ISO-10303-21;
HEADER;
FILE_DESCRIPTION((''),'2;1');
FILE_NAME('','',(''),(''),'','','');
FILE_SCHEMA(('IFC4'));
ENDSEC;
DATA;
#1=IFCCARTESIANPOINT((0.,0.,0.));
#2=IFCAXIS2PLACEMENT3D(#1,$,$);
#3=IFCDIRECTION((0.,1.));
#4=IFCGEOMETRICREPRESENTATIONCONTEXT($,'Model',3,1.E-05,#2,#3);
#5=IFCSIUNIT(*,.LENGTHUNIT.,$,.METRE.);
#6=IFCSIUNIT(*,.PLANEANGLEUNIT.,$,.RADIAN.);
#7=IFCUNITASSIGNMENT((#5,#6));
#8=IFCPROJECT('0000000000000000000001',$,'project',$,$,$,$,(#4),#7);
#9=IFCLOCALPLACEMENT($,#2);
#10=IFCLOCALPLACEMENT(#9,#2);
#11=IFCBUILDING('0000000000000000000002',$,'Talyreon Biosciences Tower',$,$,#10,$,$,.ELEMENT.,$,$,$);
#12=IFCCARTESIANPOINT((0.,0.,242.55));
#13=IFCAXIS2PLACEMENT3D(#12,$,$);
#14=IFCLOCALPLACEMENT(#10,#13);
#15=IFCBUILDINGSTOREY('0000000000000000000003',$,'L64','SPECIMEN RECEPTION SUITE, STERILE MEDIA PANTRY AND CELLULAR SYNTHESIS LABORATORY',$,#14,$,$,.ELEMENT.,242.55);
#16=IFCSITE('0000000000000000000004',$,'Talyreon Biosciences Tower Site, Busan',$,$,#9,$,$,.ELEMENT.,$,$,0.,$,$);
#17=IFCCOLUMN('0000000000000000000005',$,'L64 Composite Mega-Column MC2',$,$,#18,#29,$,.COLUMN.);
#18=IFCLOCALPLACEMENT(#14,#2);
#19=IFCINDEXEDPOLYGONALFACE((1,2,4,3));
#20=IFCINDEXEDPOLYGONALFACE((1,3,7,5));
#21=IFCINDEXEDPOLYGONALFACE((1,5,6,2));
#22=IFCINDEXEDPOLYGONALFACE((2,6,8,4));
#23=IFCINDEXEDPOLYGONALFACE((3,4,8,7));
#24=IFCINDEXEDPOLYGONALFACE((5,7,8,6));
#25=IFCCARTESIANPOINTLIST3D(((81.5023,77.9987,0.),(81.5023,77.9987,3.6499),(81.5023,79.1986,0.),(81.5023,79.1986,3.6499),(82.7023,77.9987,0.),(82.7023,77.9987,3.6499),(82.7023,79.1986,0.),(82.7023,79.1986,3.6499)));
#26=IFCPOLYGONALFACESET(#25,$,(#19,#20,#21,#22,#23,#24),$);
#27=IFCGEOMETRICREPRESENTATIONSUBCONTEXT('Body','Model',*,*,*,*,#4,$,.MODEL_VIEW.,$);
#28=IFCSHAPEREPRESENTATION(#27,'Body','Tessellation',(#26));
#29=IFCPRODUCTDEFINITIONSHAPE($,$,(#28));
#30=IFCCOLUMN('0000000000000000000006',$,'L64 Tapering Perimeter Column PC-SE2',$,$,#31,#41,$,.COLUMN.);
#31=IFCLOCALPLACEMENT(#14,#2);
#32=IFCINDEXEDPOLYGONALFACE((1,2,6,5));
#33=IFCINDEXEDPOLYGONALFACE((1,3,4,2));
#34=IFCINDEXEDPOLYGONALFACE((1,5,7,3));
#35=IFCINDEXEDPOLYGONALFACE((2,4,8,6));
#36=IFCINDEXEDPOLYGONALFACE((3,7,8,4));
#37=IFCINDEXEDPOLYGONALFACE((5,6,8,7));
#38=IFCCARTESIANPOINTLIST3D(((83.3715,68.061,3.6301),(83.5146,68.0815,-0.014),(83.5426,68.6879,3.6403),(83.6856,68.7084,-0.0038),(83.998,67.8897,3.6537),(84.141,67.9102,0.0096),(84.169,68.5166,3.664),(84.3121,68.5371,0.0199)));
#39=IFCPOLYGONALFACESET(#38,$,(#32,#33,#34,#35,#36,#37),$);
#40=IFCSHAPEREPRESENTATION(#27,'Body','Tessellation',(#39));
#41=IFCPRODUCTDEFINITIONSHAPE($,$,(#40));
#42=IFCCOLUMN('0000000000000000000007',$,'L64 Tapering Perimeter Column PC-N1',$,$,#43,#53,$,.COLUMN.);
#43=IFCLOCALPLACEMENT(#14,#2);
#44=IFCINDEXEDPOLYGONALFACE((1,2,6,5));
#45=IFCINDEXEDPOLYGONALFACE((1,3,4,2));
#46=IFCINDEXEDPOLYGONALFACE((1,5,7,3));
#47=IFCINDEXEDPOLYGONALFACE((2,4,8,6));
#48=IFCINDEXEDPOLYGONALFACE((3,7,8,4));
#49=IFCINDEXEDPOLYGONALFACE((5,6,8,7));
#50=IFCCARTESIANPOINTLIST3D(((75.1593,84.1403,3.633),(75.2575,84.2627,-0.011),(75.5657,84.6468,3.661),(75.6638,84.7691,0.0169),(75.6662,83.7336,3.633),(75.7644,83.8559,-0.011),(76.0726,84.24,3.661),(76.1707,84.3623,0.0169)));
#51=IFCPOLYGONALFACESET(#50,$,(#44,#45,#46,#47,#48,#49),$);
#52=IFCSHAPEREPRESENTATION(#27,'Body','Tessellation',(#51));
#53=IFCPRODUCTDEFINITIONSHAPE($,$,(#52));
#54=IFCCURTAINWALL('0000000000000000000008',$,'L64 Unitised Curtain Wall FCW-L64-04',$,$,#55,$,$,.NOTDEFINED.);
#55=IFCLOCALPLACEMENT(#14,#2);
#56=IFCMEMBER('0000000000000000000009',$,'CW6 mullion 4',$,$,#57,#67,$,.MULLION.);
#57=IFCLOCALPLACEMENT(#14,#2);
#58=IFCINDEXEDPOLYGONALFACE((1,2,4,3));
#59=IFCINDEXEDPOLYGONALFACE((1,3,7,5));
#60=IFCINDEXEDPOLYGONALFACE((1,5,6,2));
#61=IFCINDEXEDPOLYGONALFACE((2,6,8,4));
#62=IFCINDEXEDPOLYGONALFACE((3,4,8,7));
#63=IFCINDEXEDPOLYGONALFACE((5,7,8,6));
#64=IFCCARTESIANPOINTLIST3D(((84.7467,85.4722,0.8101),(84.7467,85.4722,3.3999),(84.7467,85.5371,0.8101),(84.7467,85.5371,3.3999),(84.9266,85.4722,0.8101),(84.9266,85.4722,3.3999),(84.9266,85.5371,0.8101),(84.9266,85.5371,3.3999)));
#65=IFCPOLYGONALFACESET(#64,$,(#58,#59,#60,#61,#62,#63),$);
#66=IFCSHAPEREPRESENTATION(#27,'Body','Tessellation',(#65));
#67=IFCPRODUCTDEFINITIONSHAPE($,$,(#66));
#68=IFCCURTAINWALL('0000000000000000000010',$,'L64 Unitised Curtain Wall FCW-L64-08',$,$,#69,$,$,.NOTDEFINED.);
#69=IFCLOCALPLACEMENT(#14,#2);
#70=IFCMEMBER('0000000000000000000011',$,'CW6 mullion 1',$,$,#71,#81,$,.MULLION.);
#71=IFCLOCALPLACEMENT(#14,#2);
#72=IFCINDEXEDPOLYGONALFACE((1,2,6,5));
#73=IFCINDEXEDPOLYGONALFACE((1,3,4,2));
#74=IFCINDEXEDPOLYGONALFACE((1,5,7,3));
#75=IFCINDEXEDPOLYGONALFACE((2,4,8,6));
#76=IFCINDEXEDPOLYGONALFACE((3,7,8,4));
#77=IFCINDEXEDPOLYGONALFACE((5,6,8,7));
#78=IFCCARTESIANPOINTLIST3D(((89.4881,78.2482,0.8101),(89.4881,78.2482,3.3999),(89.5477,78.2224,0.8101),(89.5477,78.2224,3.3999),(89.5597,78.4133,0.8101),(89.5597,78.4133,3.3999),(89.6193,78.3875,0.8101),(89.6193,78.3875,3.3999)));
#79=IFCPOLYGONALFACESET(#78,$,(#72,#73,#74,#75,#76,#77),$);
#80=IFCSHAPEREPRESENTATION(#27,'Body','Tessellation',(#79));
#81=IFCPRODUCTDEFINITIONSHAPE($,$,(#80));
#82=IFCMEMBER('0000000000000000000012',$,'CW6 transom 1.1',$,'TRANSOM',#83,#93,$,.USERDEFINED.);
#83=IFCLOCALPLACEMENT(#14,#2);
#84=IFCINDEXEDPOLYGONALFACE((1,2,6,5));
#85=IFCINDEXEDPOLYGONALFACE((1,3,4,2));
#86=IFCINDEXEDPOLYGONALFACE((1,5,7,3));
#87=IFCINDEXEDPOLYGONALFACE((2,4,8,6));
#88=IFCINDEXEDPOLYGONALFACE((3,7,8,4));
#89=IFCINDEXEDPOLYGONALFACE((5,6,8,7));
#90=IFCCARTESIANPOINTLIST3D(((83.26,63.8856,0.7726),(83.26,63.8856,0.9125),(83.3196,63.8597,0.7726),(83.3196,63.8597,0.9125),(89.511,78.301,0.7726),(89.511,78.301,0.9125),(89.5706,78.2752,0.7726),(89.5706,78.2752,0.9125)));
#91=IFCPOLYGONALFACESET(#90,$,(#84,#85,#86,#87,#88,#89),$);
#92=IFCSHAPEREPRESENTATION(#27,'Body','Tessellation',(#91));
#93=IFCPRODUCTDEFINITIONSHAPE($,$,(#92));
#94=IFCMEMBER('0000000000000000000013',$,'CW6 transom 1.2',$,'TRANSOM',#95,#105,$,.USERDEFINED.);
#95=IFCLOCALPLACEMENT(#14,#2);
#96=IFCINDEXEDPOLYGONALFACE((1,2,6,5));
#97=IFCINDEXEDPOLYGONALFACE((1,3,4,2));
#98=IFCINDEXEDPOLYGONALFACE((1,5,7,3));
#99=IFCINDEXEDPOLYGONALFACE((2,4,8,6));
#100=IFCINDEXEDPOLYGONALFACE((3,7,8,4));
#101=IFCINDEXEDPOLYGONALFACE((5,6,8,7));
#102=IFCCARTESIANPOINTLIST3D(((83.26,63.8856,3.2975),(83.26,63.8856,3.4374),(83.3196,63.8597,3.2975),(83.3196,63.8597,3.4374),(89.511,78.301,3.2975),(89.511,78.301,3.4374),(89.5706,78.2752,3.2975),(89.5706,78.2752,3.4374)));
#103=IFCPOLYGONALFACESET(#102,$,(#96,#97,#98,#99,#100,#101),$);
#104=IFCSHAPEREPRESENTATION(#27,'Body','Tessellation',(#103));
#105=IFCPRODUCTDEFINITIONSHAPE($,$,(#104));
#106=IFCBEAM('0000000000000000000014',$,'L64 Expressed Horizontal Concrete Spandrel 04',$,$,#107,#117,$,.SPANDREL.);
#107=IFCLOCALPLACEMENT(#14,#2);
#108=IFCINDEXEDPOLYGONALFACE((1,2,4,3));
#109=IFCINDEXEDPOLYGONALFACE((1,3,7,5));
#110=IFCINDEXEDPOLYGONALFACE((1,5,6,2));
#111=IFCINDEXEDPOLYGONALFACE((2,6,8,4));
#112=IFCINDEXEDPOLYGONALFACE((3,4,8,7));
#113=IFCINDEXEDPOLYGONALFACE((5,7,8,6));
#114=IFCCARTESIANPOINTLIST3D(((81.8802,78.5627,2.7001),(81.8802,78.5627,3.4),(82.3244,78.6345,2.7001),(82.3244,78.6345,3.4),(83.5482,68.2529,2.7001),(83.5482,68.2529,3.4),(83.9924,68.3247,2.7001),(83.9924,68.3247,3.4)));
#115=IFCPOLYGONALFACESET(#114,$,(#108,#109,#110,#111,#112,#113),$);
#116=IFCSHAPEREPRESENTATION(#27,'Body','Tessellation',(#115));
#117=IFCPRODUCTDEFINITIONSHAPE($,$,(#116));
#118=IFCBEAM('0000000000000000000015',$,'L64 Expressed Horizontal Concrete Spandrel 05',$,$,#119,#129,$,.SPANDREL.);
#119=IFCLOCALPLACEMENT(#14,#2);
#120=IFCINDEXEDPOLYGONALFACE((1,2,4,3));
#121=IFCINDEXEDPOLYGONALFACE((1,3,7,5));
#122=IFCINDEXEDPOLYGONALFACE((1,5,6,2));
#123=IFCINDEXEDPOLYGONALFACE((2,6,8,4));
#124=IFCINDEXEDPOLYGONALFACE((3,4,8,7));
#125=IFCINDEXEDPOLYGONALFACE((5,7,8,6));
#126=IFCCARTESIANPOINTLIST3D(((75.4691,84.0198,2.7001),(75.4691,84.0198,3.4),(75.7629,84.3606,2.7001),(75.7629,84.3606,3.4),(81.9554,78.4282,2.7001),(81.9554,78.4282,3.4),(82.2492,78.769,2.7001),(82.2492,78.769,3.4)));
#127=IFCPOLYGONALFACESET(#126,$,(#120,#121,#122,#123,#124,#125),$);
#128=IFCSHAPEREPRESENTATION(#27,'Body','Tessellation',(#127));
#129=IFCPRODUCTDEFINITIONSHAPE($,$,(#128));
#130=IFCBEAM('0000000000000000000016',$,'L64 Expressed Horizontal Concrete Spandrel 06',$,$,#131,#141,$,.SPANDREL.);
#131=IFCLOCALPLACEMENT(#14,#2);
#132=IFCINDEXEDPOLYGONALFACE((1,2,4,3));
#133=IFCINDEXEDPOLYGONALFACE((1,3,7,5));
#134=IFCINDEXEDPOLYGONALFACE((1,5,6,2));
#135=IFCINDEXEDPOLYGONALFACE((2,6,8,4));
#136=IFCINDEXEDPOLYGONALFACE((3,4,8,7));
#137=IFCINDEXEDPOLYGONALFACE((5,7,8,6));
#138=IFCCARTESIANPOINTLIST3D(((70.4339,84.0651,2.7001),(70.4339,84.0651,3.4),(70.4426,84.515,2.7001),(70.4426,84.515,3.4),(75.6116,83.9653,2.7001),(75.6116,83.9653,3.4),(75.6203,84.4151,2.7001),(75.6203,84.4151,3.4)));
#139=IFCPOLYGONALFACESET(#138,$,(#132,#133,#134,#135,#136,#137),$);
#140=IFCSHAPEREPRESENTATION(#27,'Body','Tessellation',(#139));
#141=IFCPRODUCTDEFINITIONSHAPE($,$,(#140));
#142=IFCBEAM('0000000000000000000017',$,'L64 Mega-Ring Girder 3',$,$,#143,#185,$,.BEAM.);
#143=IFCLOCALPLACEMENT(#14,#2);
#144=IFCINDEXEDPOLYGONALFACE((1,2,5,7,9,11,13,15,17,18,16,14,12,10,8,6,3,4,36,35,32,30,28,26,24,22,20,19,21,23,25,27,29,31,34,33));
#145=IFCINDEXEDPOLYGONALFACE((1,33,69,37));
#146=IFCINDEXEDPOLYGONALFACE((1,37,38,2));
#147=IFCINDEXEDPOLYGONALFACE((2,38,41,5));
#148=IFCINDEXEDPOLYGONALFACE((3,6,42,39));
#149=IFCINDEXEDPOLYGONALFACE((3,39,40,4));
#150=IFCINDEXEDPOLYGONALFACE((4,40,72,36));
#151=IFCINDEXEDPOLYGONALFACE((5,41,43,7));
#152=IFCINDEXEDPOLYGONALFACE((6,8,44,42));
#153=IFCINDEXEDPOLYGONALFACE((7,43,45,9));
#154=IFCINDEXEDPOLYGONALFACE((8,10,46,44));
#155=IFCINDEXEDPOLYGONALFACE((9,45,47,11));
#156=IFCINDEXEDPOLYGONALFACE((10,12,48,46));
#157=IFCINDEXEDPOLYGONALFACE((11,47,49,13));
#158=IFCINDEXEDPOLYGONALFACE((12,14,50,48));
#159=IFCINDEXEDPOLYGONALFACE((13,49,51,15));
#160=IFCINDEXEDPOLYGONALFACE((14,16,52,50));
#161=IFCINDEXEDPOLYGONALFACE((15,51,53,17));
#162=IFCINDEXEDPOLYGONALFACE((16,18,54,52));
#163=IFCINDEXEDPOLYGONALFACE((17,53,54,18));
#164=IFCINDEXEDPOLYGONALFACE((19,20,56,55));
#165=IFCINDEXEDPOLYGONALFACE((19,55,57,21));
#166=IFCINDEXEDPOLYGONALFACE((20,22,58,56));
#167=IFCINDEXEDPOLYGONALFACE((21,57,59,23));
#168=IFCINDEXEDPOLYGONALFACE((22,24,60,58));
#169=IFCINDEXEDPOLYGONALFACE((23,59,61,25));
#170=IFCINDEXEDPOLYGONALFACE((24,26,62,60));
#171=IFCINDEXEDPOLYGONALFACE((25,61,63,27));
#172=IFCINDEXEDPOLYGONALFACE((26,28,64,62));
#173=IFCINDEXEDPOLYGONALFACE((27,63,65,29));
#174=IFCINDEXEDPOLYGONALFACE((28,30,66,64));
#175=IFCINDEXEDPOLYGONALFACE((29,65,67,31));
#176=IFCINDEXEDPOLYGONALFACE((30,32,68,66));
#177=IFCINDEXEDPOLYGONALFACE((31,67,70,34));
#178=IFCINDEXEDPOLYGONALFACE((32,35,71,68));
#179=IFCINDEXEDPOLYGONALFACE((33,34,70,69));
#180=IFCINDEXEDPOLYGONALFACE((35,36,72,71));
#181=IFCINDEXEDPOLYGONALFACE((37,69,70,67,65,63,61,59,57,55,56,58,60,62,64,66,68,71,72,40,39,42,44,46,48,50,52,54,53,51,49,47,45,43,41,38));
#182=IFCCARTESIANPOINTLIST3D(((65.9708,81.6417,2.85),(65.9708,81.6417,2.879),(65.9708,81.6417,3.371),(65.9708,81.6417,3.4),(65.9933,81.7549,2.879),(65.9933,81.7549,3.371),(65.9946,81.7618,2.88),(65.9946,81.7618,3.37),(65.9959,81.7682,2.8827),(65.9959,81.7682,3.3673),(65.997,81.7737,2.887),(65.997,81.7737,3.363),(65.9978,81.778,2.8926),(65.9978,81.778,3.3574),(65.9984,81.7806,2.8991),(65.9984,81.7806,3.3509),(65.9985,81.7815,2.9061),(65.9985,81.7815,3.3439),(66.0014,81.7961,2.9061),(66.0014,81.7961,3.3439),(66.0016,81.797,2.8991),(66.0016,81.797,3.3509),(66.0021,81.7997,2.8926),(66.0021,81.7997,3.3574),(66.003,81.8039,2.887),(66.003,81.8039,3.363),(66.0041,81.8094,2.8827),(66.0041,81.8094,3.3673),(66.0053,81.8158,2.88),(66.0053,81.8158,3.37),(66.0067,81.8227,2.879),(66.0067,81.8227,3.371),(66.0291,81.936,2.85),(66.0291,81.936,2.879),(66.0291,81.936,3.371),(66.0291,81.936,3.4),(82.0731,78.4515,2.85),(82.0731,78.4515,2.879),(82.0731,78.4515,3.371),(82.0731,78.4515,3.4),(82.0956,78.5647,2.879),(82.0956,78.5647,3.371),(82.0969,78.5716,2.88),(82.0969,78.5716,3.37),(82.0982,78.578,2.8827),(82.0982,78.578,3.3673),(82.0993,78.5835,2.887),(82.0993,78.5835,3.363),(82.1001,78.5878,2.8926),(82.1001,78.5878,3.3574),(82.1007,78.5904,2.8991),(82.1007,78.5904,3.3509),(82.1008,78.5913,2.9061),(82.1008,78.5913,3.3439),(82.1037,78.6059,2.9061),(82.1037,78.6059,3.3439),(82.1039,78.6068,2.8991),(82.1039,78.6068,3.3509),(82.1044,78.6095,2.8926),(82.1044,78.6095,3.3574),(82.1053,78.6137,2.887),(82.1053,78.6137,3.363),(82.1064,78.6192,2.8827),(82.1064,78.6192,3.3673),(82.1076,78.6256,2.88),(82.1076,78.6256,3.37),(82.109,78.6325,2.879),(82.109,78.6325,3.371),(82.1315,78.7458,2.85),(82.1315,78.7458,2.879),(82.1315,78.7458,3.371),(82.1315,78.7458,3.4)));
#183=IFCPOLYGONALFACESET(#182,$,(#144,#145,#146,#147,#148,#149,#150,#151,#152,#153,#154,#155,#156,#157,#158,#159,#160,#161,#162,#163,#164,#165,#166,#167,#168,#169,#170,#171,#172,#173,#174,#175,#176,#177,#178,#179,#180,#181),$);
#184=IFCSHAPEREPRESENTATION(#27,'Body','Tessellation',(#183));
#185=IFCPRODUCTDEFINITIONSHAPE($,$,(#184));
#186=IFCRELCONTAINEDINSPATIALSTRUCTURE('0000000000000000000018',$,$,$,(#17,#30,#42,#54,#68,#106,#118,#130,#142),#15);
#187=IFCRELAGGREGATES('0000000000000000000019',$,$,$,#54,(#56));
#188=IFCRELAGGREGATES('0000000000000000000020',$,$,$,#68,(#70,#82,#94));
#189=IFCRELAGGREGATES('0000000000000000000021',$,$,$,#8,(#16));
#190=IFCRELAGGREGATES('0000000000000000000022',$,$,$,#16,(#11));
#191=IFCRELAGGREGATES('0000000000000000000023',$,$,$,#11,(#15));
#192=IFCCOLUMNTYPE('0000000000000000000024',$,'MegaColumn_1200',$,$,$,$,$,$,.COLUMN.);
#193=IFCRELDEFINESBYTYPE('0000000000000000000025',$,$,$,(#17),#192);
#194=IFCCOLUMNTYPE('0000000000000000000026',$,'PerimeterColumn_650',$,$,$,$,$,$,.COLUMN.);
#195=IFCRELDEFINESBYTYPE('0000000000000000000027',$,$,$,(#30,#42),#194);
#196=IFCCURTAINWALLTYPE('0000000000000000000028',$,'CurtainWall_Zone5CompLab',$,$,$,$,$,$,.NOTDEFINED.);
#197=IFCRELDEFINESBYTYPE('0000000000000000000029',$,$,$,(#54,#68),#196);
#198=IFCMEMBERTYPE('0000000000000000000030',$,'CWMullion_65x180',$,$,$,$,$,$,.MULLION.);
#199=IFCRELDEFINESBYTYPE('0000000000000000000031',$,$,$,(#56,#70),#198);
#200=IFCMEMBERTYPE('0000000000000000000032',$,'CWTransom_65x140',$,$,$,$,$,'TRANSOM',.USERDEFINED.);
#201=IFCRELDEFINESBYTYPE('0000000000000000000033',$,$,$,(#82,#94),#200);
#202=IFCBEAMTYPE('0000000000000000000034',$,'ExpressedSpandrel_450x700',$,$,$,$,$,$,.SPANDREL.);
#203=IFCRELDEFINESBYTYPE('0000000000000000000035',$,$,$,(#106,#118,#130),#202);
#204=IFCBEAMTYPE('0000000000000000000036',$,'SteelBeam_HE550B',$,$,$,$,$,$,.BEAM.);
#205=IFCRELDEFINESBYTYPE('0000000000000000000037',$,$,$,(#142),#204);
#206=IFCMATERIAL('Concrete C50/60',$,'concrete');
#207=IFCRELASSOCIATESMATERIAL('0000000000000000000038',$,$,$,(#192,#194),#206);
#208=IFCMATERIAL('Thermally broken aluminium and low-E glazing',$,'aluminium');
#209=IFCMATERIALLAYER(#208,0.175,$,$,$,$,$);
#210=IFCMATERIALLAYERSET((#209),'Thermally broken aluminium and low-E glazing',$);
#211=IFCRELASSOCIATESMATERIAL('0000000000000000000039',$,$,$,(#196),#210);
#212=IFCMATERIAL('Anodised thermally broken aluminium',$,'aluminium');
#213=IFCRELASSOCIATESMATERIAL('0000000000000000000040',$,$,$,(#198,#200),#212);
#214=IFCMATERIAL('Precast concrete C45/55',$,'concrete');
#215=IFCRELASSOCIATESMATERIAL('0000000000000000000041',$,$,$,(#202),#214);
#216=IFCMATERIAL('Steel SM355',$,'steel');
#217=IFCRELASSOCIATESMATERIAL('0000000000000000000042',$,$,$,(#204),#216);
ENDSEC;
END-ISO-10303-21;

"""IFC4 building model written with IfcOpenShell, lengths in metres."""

from ifc_helpers import new_model, si_unit, direction, frame, origin, origin_2d, place, context, subcontext, project, spatial, rectangle, i_section, extrude, material, layer, layer_set, material_profile, profile_set, type_object, element, aggregate, save


model = new_model("IFC4")

# Units and contexts
model_context = context("Model", 3, precision=1e-05, world=origin(), true_north=direction((0.0, 1.0)))
body_context = subcontext(model_context, "Body", "Model", "MODEL_VIEW")
ifc_project = project(units=[si_unit("LENGTHUNIT", "METRE"), si_unit("PLANEANGLEUNIT", "RADIAN")], contexts=[model_context])

# Site, building, storey
site_placement = place(None, origin())
site = spatial("IfcSite", under=ifc_project, at=site_placement, Name="Talyreon Biosciences Tower Site, Busan", CompositionType="ELEMENT", RefElevation=0.0)
building_placement = place(site_placement, origin())
building = spatial("IfcBuilding", under=site, at=building_placement, Name="Talyreon Biosciences Tower", CompositionType="ELEMENT")
storey_placement = place(building_placement, frame((0.0, 0.0, 242.55)))
storey = spatial("IfcBuildingStorey", under=building, at=storey_placement, Name="L64", Description="SPECIMEN RECEPTION SUITE, STERILE MEDIA PANTRY AND CELLULAR SYNTHESIS LABORATORY", CompositionType="ELEMENT", Elevation=242.55)

# Columns
ifc_material_1 = material(Name="Concrete C50/60", Category="concrete")
ifc_material_profile_1 = material_profile(ifc_material_1, rectangle(XDim=1.2, YDim=1.2, at=origin_2d()), Name="RC 1200x1200")
ifc_profile_set_1 = profile_set([ifc_material_profile_1], Name="Concrete C50/60")
column_type_1 = type_object("IfcColumnType", Name="MegaColumn_1200", PredefinedType="COLUMN", material=ifc_profile_set_1)
column_1_placement = place(storey_placement, frame((82.1023, 78.5986, 0.0), z_axis=(0.0, 0.0, 1.0), x_axis=(1.0, 0.0, 0.0)))
element("IfcColumn", 1, at=column_1_placement, inside=storey, type_object=column_type_1, Name="L64 Composite Mega-Column MC2", PredefinedType="COLUMN", context=body_context, shape_type="SweptSolid", body=[
    extrude(rectangle(XDim=1.2, YDim=1.2, at=origin_2d()), origin(), (0.0, 0.0, 1.0), 3.6499),
])
ifc_material_profile_2 = material_profile(ifc_material_1, rectangle(XDim=0.6499, YDim=0.6499, at=origin_2d()), Name="RC 650x650")
ifc_profile_set_2 = profile_set([ifc_material_profile_2], Name="Concrete C50/60")
column_type_2 = type_object("IfcColumnType", Name="PerimeterColumn_650", PredefinedType="COLUMN", material=ifc_profile_set_2)
column_2_placement = place(storey_placement, frame((83.9133, 68.3093, 0.0029), z_axis=(-0.03923, -0.005623, 0.999214), x_axis=(0.963938, -0.263631, 0.036361)))
element("IfcColumn", 2, at=column_2_placement, inside=storey, type_object=column_type_2, Name="L64 Tapering Perimeter Column PC-SE2", PredefinedType="COLUMN", context=body_context, shape_type="SweptSolid", body=[
    extrude(rectangle(XDim=0.6499, YDim=0.6499, at=origin_2d()), origin(), (0.0, 0.0, 1.0), 3.647),
])
column_3_placement = place(storey_placement, frame((75.7141, 84.3125, 0.0029), z_axis=(-0.026908, -0.033535, 0.999075), x_axis=(-0.779957, 0.625834, 0.0)))
element("IfcColumn", 3, at=column_3_placement, inside=storey, type_object=column_type_2, Name="L64 Tapering Perimeter Column PC-N1", PredefinedType="COLUMN", context=body_context, shape_type="SweptSolid", body=[
    extrude(rectangle(XDim=0.6499, YDim=0.6499, at=origin_2d()), origin(), (0.0, 0.0, 1.0), 3.6475),
])

# Curtain wall, member
ifc_material_2 = material(Name="Thermally broken aluminium and low-E glazing", Category="aluminium")
ifc_layer_1 = layer(ifc_material_2, 0.175)
ifc_layer_set_1 = layer_set([ifc_layer_1], Name="Thermally broken aluminium and low-E glazing")
curtain_wall_type = type_object("IfcCurtainWallType", Name="CurtainWall_Zone5CompLab", PredefinedType="NOTDEFINED", material=ifc_layer_set_1)
curtain_wall_1_placement = place(storey_placement, origin())
curtain_wall_1 = element("IfcCurtainWall", 4, at=curtain_wall_1_placement, inside=storey, type_object=curtain_wall_type, Name="L64 Unitised Curtain Wall FCW-L64-04", PredefinedType="NOTDEFINED")
ifc_material_3 = material(Name="Anodised thermally broken aluminium", Category="aluminium")
ifc_material_profile_3 = material_profile(ifc_material_3, rectangle(XDim=0.0649, YDim=0.1799, at=origin_2d()), Name="ALUM MULLION 65x180")
ifc_profile_set_3 = profile_set([ifc_material_profile_3], Name="Anodised thermally broken aluminium")
member_type_1 = type_object("IfcMemberType", Name="CWMullion_65x180", PredefinedType="MULLION", material=ifc_profile_set_3)
member_1_placement = place(storey_placement, frame((84.8367, 85.5046, 0.8101), z_axis=(0.0, 0.0, 1.0), x_axis=(0.0, 1.0, 0.0)))
member_1 = element("IfcMember", 5, at=member_1_placement, type_object=member_type_1, Name="CW6 mullion 4", PredefinedType="MULLION", context=body_context, shape_type="SweptSolid", body=[
    extrude(rectangle(XDim=0.0649, YDim=0.1799, at=origin_2d()), origin(), (0.0, 0.0, 1.0), 2.5898),
])

# Curtain wall, members
curtain_wall_2_placement = place(storey_placement, origin())
curtain_wall_2 = element("IfcCurtainWall", 6, at=curtain_wall_2_placement, inside=storey, type_object=curtain_wall_type, Name="L64 Unitised Curtain Wall FCW-L64-08", PredefinedType="NOTDEFINED")
member_2_placement = place(storey_placement, frame((89.5537, 78.3179, 0.8101), z_axis=(0.0, 0.0, 1.0), x_axis=(0.917458, -0.397832, 0.0)))
member_2 = element("IfcMember", 7, at=member_2_placement, type_object=member_type_1, Name="CW6 mullion 1", PredefinedType="MULLION", context=body_context, shape_type="SweptSolid", body=[
    extrude(rectangle(XDim=0.0649, YDim=0.1799, at=origin_2d()), origin(), (0.0, 0.0, 1.0), 2.5898),
])
ifc_material_profile_4 = material_profile(ifc_material_3, rectangle(XDim=0.0649, YDim=0.1399, at=origin_2d()), Name="ALUM TRANSOM 65x140")
ifc_profile_set_4 = profile_set([ifc_material_profile_4], Name="Anodised thermally broken aluminium")
member_type_2 = type_object("IfcMemberType", Name="CWTransom_65x140", ElementType="TRANSOM", PredefinedType="USERDEFINED", material=ifc_profile_set_4)
member_3_placement = place(storey_placement, frame((89.5408, 78.2881, 0.8425), z_axis=(-0.397835, -0.917457, 0.0), x_axis=(0.917457, -0.397835, 0.0)))
member_3 = element("IfcMember", 8, at=member_3_placement, type_object=member_type_2, Name="CW6 transom 1.1", ObjectType="TRANSOM", PredefinedType="USERDEFINED", context=body_context, shape_type="SweptSolid", body=[
    extrude(rectangle(XDim=0.0649, YDim=0.1399, at=origin_2d()), origin(), (0.0, 0.0, 1.0), 15.7124),
])
member_4_placement = place(storey_placement, frame((89.5408, 78.2881, 3.3674), z_axis=(-0.397835, -0.917457, 0.0), x_axis=(0.917457, -0.397835, 0.0)))
member_4 = element("IfcMember", 9, at=member_4_placement, type_object=member_type_2, Name="CW6 transom 1.2", ObjectType="TRANSOM", PredefinedType="USERDEFINED", context=body_context, shape_type="SweptSolid", body=[
    extrude(rectangle(XDim=0.0649, YDim=0.1399, at=origin_2d()), origin(), (0.0, 0.0, 1.0), 15.7124),
])

# Beams
ifc_material_4 = material(Name="Precast concrete C45/55", Category="concrete")
ifc_material_profile_5 = material_profile(ifc_material_4, rectangle(XDim=0.45, YDim=0.7, at=origin_2d()), Name="RCB 450x700")
ifc_profile_set_5 = profile_set([ifc_material_profile_5], Name="Precast concrete C45/55")
beam_type_1 = type_object("IfcBeamType", Name="ExpressedSpandrel_450x700", PredefinedType="SPANDREL", material=ifc_profile_set_5)
beam_1_placement = place(storey_placement, frame((83.7703, 68.2888, 3.05), z_axis=(-0.159708, 0.987164, 0.0), x_axis=(-0.987164, -0.159708, 0.0)))
element("IfcBeam", 10, at=beam_1_placement, inside=storey, type_object=beam_type_1, Name="L64 Expressed Horizontal Concrete Spandrel 04", PredefinedType="SPANDREL", context=body_context, shape_type="SweptSolid", body=[
    extrude(rectangle(XDim=0.45, YDim=0.7, at=origin_2d()), origin(), (0.0, 0.0, 1.0), 10.4438),
])
beam_2_placement = place(storey_placement, frame((82.1023, 78.5986, 3.05), z_axis=(-0.757416, 0.652932, 0.0), x_axis=(-0.652932, -0.757416, 0.0)))
element("IfcBeam", 11, at=beam_2_placement, inside=storey, type_object=beam_type_1, Name="L64 Expressed Horizontal Concrete Spandrel 05", PredefinedType="SPANDREL", context=body_context, shape_type="SweptSolid", body=[
    extrude(rectangle(XDim=0.45, YDim=0.7, at=origin_2d()), origin(), (0.0, 0.0, 1.0), 8.5637),
])
beam_3_placement = place(storey_placement, frame((75.616, 84.1902, 3.05), z_axis=(-0.999814, 0.019282, 0.0), x_axis=(-0.019282, -0.999814, 0.0)))
element("IfcBeam", 12, at=beam_3_placement, inside=storey, type_object=beam_type_1, Name="L64 Expressed Horizontal Concrete Spandrel 06", PredefinedType="SPANDREL", context=body_context, shape_type="SweptSolid", body=[
    extrude(rectangle(XDim=0.45, YDim=0.7, at=origin_2d()), origin(), (0.0, 0.0, 1.0), 5.1787),
])
ifc_material_5 = material(Name="Steel SM355", Category="steel")
ifc_material_profile_6 = material_profile(ifc_material_5, i_section(OverallWidth=0.3, OverallDepth=0.55, WebThickness=0.0149, FlangeThickness=0.0291, FilletRadius=0.0271, at=origin_2d()), Name="HE550B")
ifc_profile_set_6 = profile_set([ifc_material_profile_6], Name="Steel SM355")
beam_type_2 = type_object("IfcBeamType", Name="SteelBeam_HE550B", PredefinedType="BEAM", material=ifc_profile_set_6)
beam_4_placement = place(storey_placement, frame((82.1023, 78.5986, 3.125), z_axis=(-0.980934, 0.194343, 0.0), x_axis=(-0.194343, -0.980934, 0.0)))
element("IfcBeam", 13, at=beam_4_placement, inside=storey, type_object=beam_type_2, Name="L64 Mega-Ring Girder 3", PredefinedType="BEAM", context=body_context, shape_type="SweptSolid", body=[
    extrude(i_section(OverallWidth=0.3, OverallDepth=0.55, WebThickness=0.0149, FlangeThickness=0.0291, FilletRadius=0.0271, at=origin_2d()), origin(), (0.0, 0.0, 1.0), 16.4153),
])

aggregate(curtain_wall_1, [member_1])
aggregate(curtain_wall_2, [member_2, member_3, member_4])

save(model, "model.ifc")
